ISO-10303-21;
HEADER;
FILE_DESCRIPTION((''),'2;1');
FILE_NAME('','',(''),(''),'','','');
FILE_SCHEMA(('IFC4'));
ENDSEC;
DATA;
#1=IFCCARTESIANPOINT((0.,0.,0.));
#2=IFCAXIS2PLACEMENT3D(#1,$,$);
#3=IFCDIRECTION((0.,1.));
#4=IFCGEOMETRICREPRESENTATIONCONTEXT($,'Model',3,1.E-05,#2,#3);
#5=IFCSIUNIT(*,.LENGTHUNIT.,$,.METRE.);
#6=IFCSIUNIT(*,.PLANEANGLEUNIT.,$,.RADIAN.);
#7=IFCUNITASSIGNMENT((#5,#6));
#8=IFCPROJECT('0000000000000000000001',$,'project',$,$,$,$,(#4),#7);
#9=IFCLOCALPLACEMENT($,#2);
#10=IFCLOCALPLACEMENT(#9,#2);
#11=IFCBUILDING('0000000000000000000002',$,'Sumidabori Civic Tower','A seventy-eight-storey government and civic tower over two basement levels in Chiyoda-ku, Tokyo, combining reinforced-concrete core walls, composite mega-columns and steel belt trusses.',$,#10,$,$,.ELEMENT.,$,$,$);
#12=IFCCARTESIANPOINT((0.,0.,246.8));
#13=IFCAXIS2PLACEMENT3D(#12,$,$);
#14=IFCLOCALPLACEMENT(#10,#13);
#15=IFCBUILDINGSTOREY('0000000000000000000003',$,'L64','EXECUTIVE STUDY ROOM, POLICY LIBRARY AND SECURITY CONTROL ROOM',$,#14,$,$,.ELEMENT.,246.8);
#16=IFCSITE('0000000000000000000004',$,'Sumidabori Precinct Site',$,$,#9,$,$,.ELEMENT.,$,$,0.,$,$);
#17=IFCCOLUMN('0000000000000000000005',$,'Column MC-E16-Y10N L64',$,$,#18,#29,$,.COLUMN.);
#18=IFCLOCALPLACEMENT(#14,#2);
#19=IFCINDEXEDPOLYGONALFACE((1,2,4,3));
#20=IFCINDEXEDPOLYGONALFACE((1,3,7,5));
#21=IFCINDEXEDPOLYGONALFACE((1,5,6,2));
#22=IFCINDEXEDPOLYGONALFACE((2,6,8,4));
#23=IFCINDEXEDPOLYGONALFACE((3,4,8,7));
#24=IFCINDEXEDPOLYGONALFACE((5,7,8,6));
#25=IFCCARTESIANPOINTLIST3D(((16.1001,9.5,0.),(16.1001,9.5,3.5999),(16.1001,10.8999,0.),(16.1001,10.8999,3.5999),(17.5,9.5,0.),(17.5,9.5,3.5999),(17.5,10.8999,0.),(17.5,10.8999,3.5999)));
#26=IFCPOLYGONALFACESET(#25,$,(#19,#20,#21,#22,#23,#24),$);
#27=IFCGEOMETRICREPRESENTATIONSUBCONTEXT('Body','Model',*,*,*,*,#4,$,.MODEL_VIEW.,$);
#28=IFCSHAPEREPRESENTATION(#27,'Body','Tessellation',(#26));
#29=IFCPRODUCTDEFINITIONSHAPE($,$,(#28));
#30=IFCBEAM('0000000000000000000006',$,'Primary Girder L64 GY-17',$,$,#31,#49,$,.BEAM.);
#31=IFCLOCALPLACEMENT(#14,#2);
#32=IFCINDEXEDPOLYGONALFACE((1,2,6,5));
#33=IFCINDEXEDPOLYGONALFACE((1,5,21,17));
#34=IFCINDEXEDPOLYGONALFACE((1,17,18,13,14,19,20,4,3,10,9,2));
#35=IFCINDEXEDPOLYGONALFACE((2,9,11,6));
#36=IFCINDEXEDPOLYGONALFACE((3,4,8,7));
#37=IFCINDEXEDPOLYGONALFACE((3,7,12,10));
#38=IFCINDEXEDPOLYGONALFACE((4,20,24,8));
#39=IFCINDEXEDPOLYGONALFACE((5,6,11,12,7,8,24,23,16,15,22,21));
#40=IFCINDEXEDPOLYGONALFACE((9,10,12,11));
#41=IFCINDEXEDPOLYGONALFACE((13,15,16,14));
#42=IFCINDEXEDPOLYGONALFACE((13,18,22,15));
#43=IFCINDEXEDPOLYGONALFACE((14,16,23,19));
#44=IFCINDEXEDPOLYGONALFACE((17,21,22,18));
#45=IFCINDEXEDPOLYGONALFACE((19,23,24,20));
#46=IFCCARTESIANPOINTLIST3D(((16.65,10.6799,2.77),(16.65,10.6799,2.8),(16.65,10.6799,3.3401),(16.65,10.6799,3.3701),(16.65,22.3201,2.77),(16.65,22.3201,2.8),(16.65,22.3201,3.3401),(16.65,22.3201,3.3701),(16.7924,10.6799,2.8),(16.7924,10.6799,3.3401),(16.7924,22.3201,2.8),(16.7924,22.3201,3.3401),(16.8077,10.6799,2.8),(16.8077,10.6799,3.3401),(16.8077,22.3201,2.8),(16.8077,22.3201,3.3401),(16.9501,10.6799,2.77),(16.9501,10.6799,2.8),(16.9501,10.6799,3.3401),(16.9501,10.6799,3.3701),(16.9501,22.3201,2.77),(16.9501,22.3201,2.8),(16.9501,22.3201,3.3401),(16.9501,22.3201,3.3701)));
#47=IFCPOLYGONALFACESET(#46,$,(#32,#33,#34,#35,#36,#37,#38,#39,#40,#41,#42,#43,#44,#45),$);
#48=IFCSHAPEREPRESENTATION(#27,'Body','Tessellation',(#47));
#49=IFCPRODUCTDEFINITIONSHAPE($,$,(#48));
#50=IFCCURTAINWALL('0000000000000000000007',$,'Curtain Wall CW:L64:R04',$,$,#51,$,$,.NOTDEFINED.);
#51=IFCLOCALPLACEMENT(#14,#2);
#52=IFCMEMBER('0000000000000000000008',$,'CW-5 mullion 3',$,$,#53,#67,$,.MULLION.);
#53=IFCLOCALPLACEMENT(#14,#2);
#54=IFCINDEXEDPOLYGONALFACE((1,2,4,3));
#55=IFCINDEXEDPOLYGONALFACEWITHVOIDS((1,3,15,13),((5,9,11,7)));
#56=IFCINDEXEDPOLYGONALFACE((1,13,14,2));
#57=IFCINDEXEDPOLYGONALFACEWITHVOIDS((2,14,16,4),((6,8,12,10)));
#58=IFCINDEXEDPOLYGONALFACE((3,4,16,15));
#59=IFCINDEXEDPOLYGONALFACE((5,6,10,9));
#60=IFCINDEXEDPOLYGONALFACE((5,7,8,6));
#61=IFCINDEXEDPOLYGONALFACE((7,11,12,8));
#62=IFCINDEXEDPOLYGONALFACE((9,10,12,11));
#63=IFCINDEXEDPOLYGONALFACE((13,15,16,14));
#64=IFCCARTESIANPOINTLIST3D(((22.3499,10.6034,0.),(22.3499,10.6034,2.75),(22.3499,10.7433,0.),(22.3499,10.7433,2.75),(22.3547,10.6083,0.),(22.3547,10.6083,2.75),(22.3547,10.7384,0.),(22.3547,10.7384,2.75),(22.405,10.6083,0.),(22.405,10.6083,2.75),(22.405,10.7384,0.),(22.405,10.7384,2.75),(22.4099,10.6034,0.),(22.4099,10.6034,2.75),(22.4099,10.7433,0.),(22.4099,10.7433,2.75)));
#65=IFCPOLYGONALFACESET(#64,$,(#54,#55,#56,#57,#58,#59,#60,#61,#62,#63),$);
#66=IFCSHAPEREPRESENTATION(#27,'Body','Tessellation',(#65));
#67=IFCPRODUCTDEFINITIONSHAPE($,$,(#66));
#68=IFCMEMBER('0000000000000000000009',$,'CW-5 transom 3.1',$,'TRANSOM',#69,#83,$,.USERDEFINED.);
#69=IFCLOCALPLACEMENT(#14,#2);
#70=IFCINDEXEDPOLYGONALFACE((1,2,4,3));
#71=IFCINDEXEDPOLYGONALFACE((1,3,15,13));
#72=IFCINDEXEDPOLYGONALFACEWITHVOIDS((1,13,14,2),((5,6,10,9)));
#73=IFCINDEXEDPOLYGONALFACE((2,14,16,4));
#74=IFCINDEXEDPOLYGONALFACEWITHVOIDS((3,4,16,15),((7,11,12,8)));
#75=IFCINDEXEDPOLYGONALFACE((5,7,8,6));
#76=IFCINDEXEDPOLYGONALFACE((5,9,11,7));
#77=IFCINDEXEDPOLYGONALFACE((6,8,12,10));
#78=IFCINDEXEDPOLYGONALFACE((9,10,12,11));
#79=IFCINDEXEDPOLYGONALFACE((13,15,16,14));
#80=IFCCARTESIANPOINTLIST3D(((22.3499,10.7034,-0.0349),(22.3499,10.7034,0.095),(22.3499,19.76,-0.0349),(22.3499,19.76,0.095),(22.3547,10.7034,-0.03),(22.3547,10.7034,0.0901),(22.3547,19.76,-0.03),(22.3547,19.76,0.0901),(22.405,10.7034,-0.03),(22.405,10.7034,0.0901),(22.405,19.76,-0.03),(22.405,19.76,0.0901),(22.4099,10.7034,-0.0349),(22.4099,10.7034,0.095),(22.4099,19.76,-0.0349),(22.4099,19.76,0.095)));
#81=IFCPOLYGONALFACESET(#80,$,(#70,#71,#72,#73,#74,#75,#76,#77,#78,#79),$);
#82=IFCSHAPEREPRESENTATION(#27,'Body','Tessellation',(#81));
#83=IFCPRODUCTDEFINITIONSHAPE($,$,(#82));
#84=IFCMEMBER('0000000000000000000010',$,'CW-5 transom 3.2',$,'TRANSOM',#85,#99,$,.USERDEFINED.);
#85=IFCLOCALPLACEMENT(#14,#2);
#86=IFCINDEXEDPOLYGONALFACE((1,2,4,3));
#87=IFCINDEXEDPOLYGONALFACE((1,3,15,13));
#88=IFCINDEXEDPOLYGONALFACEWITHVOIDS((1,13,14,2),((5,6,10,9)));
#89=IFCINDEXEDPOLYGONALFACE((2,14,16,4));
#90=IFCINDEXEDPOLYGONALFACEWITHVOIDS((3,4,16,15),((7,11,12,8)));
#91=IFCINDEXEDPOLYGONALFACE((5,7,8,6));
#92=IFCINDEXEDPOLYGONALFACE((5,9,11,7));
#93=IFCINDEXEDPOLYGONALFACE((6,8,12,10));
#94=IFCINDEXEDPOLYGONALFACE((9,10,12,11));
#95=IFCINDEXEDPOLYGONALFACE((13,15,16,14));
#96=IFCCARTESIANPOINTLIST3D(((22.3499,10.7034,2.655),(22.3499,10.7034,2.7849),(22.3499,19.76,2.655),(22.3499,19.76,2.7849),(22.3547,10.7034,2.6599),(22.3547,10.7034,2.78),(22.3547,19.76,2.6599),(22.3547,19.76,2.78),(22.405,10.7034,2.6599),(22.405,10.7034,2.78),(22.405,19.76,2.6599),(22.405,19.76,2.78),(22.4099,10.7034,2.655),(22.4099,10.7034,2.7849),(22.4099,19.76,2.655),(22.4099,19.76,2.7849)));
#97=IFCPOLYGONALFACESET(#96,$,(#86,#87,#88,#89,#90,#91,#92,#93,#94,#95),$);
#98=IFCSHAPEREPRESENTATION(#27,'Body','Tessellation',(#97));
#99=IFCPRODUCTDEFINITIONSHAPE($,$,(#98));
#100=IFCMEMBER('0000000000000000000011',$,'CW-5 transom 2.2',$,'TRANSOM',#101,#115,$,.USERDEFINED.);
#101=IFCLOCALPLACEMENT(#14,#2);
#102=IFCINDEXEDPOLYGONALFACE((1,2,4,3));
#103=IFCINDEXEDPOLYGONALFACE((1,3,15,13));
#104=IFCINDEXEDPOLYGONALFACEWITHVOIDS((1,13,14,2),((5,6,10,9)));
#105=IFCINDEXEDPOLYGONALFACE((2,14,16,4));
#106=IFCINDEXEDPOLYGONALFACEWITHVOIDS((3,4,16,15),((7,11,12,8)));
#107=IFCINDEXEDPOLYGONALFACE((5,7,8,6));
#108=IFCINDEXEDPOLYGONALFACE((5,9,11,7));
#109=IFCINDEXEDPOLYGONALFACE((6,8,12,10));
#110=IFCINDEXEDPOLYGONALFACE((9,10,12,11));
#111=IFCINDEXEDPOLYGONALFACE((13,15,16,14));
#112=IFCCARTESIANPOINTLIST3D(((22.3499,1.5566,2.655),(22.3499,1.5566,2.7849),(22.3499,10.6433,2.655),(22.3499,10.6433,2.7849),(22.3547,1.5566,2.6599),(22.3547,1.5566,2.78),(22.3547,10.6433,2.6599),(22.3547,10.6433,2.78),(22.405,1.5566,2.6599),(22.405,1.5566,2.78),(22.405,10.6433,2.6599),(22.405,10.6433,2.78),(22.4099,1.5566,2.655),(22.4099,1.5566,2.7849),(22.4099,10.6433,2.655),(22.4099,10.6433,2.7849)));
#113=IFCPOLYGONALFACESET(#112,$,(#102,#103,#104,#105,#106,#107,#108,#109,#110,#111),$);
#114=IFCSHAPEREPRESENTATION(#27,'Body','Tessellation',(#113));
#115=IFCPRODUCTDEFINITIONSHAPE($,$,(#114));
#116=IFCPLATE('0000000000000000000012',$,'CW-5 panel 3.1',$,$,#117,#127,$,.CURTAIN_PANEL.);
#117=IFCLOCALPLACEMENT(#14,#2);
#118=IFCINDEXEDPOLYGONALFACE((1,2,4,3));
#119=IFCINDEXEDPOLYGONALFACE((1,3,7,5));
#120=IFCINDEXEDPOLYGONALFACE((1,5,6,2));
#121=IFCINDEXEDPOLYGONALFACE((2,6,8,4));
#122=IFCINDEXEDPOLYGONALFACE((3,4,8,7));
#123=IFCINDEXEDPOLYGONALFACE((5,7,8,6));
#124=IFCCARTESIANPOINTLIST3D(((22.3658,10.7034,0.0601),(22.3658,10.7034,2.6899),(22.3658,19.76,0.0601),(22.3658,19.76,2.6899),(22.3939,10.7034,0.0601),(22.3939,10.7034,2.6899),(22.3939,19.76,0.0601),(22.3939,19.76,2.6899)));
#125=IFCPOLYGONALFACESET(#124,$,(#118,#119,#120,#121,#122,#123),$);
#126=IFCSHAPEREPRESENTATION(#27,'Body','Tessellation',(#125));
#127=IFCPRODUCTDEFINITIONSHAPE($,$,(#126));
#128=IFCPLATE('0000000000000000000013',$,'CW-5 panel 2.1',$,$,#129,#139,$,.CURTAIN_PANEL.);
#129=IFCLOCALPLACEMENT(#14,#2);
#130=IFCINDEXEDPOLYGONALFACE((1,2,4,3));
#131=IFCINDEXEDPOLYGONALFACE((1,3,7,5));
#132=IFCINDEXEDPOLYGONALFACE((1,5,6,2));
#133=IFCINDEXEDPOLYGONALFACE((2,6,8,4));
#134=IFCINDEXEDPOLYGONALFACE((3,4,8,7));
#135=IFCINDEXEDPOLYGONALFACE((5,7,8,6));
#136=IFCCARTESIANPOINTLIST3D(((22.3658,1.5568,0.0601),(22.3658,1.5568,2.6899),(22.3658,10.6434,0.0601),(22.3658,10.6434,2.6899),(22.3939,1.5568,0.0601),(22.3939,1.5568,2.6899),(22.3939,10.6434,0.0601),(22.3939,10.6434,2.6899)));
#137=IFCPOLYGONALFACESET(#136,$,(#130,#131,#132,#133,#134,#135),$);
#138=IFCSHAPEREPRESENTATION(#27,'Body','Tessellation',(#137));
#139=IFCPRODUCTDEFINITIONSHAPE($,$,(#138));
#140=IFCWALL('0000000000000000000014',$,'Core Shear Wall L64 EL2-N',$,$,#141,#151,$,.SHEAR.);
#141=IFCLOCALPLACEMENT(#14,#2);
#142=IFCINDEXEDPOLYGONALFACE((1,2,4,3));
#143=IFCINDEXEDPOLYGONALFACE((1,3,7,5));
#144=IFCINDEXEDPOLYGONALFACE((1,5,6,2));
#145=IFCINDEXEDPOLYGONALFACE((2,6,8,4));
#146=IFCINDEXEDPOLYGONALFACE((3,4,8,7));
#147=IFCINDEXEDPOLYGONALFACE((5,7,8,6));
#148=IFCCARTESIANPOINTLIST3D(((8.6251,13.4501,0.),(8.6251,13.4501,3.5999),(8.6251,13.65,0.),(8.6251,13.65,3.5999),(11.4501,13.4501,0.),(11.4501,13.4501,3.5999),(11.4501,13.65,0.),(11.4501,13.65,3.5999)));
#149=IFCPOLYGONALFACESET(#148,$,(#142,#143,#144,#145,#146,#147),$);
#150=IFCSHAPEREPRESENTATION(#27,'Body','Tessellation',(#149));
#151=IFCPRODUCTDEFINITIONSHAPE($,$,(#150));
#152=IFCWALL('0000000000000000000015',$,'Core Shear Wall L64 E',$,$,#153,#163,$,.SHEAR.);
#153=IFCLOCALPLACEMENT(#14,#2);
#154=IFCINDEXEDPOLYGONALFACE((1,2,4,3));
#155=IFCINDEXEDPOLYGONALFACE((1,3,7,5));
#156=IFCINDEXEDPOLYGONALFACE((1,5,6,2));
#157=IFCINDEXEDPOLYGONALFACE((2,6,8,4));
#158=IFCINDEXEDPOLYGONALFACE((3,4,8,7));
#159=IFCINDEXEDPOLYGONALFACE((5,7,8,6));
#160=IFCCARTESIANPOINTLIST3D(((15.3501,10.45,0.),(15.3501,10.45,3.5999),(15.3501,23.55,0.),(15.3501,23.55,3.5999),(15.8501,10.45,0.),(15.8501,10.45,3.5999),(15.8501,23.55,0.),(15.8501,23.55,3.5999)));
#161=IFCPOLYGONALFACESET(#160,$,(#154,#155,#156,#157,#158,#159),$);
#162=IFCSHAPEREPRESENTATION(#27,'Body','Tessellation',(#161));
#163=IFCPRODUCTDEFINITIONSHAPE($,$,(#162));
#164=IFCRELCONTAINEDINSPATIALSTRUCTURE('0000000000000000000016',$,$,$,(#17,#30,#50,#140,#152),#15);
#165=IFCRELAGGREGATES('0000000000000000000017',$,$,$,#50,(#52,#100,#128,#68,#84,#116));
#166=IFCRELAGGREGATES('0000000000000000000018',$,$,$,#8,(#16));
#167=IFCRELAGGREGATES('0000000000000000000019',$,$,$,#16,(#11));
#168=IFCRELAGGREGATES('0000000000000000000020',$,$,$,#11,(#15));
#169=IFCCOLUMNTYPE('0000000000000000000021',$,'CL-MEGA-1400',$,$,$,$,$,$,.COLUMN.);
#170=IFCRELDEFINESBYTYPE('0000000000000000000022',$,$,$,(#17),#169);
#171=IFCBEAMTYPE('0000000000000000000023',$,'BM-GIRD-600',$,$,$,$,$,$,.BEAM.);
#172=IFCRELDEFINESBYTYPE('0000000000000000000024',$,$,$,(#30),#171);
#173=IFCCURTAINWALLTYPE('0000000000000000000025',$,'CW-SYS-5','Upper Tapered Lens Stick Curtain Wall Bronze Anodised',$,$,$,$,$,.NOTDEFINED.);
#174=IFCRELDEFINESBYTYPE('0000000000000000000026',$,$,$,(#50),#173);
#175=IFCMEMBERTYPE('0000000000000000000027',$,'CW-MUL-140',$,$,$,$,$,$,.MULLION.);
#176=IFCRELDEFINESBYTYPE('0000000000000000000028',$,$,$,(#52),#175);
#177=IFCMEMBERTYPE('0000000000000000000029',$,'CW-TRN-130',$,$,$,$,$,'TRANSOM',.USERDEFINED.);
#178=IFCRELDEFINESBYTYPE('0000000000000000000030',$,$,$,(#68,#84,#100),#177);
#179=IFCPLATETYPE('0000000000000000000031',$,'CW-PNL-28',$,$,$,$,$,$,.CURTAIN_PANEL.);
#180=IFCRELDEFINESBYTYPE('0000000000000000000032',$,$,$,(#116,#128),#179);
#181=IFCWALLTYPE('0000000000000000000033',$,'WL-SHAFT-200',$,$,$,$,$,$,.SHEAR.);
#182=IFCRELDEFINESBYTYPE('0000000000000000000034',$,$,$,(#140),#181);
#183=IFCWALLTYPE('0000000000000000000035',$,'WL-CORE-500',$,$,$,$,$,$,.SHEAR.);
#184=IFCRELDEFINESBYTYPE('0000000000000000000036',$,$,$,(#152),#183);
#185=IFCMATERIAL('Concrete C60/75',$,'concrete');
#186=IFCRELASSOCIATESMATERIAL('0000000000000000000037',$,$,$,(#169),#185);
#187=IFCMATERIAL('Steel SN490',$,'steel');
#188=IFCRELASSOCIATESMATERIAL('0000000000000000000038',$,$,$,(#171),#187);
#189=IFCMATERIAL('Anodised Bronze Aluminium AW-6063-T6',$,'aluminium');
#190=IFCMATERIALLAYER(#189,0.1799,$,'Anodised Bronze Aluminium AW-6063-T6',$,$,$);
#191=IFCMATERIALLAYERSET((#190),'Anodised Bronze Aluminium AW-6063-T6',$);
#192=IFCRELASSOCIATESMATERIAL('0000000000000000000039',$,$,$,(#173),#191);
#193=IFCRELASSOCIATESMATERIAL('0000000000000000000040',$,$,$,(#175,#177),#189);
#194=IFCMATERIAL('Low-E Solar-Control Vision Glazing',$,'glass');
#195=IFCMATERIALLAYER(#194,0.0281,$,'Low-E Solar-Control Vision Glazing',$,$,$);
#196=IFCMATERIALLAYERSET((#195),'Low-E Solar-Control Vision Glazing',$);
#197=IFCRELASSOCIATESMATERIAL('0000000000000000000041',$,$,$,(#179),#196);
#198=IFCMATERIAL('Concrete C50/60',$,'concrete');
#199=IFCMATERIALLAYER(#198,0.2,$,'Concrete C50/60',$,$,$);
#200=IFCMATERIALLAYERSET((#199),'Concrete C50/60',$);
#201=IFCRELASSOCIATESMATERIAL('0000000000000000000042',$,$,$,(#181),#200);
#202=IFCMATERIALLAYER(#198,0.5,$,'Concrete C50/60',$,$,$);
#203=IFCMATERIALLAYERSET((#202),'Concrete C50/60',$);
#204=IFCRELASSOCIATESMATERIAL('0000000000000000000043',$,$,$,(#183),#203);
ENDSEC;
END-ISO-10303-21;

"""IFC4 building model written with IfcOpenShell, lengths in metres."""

from ifc_helpers import new_model, si_unit, direction, frame, frame_2d, origin, origin_2d, place, context, subcontext, project, spatial, rectangle, hollow_rectangle, i_section, extrude, source, transform, mapped, material, layer, layer_set, material_profile, profile_set, type_object, element, aggregate, save


model = new_model("IFC4")

# Units and contexts
model_context = context("Model", 3, precision=1e-05, world=origin(), true_north=direction((0.0, 1.0)))
body_context = subcontext(model_context, "Body", "Model", "MODEL_VIEW")
ifc_project = project(units=[si_unit("LENGTHUNIT", "METRE"), si_unit("PLANEANGLEUNIT", "RADIAN")], contexts=[model_context])

# Site, building, storey
site_placement = place(None, origin())
site = spatial("IfcSite", under=ifc_project, at=site_placement, Name="Sumidabori Precinct Site", CompositionType="ELEMENT", RefElevation=0.0)
building_placement = place(site_placement, origin())
building = spatial("IfcBuilding", under=site, at=building_placement, Name="Sumidabori Civic Tower", Description="A seventy-eight-storey government and civic tower over two basement levels in Chiyoda-ku, Tokyo, combining reinforced-concrete core walls, composite mega-columns and steel belt trusses.", CompositionType="ELEMENT")
storey_placement = place(building_placement, frame((0.0, 0.0, 246.8)))
storey = spatial("IfcBuildingStorey", under=building, at=storey_placement, Name="L64", Description="EXECUTIVE STUDY ROOM, POLICY LIBRARY AND SECURITY CONTROL ROOM", CompositionType="ELEMENT", Elevation=246.8)

# Column
ifc_material_1 = material(Name="Concrete C60/75", Category="concrete")
ifc_material_profile_1 = material_profile(ifc_material_1, rectangle(XDim=1.3999, YDim=1.3999, at=origin_2d()), Name="RC 1400x1400")
ifc_profile_set_1 = profile_set([ifc_material_profile_1], Name="Concrete C60/75")
column_type = type_object("IfcColumnType", Name="CL-MEGA-1400", PredefinedType="COLUMN", material=ifc_profile_set_1)
shared_shape_1 = source(origin(), body_context, "Body", "SweptSolid", [
    extrude(rectangle(XDim=1.3999, YDim=1.3999, at=origin_2d()), origin(), (0.0, 0.0, 1.0), 3.5999),
])
column_placement = place(storey_placement, frame((16.8, 10.2, 0.0), z_axis=(0.0, 0.0, 1.0), x_axis=(1.0, 0.0, 0.0)))
element("IfcColumn", 1, at=column_placement, inside=storey, type_object=column_type, Name="Column MC-E16-Y10N L64", PredefinedType="COLUMN", context=body_context, shape_type="MappedRepresentation", body=[
    mapped(shared_shape_1, transform((0.0, 0.0, 0.0), x_axis=(1.0, 0.0, 0.0), y_axis=(0.0, 1.0, 0.0), z_axis=(0.0, 0.0, 1.0), scale=1.0)),
])

# Beam
ifc_material_2 = material(Name="Steel SN490", Category="steel")
ifc_material_profile_2 = material_profile(ifc_material_2, i_section(OverallWidth=0.3, OverallDepth=0.6001, WebThickness=0.0154, FlangeThickness=0.03, at=origin_2d()), Name="HE 600 B")
ifc_profile_set_2 = profile_set([ifc_material_profile_2], Name="Steel SN490")
beam_type = type_object("IfcBeamType", Name="BM-GIRD-600", PredefinedType="BEAM", material=ifc_profile_set_2)
shared_shape_2 = source(origin(), body_context, "Body", "SweptSolid", [
    extrude(i_section(OverallWidth=0.3, OverallDepth=0.6001, WebThickness=0.0154, FlangeThickness=0.03, at=origin_2d()), origin(), (0.0, 0.0, 1.0), 11.6401),
])
beam_placement = place(storey_placement, frame((16.8, 10.6799, 3.0701), z_axis=(0.0, 1.0, 0.0), x_axis=(-1.0, 0.0, 0.0)))
element("IfcBeam", 2, at=beam_placement, inside=storey, type_object=beam_type, Name="Primary Girder L64 GY-17", PredefinedType="BEAM", context=body_context, shape_type="MappedRepresentation", body=[
    mapped(shared_shape_2, transform((0.0, 0.0, 0.0), x_axis=(1.0, 0.0, 0.0), y_axis=(0.0, 1.0, 0.0), z_axis=(0.0, 0.0, 1.0), scale=1.0)),
])

# Curtain wall, members, plates
ifc_material_3 = material(Name="Anodised Bronze Aluminium AW-6063-T6", Category="aluminium")
ifc_layer_1 = layer(ifc_material_3, 0.1799, Name="Anodised Bronze Aluminium AW-6063-T6")
ifc_layer_set_1 = layer_set([ifc_layer_1], Name="Anodised Bronze Aluminium AW-6063-T6")
curtain_wall_type = type_object("IfcCurtainWallType", Name="CW-SYS-5", Description="Upper Tapered Lens Stick Curtain Wall Bronze Anodised", PredefinedType="NOTDEFINED", material=ifc_layer_set_1)
curtain_wall_placement = place(storey_placement, origin())
curtain_wall = element("IfcCurtainWall", 3, at=curtain_wall_placement, inside=storey, type_object=curtain_wall_type, Name="Curtain Wall CW:L64:R04", PredefinedType="NOTDEFINED")
ifc_material_profile_3 = material_profile(ifc_material_3, hollow_rectangle(XDim=0.0601, YDim=0.1399, WallThickness=0.0049, at=origin_2d()), Name="ALU MULLION 140x60")
ifc_profile_set_3 = profile_set([ifc_material_profile_3], Name="Anodised Bronze Aluminium AW-6063-T6")
member_type_1 = type_object("IfcMemberType", Name="CW-MUL-140", PredefinedType="MULLION", material=ifc_profile_set_3)
shared_shape_3 = source(origin(), body_context, "Body", "SweptSolid", [
    extrude(hollow_rectangle(XDim=0.0601, YDim=0.1399, WallThickness=0.0049, at=origin_2d()), origin(), (0.0, 0.0, 1.0), 2.75),
])
member_1_placement = place(storey_placement, frame((22.3799, 10.6733, 0.0), z_axis=(0.0, 0.0, 1.0), x_axis=(-1.0, 0.0, 0.0)))
member_1 = element("IfcMember", 4, at=member_1_placement, type_object=member_type_1, Name="CW-5 mullion 3", PredefinedType="MULLION", context=body_context, shape_type="MappedRepresentation", body=[
    mapped(shared_shape_3, transform((0.0, 0.0, 0.0), x_axis=(1.0, 0.0, 0.0), y_axis=(0.0, 1.0, 0.0), z_axis=(0.0, 0.0, 1.0), scale=1.0)),
])
ifc_material_profile_4 = material_profile(ifc_material_3, hollow_rectangle(XDim=0.0601, YDim=0.1299, WallThickness=0.0049, at=origin_2d()), Name="ALU TRANSOM 130x60")
ifc_profile_set_4 = profile_set([ifc_material_profile_4], Name="Anodised Bronze Aluminium AW-6063-T6")
member_type_2 = type_object("IfcMemberType", Name="CW-TRN-130", ElementType="TRANSOM", PredefinedType="USERDEFINED", material=ifc_profile_set_4)
shared_shape_4 = source(origin(), body_context, "Body", "SweptSolid", [
    extrude(hollow_rectangle(XDim=0.0601, YDim=0.1299, WallThickness=0.0049, at=origin_2d()), origin(), (0.0, 0.0, 1.0), 9.0566),
])
member_2_placement = place(storey_placement, frame((22.3799, 10.7034, 0.03), z_axis=(0.0, 1.0, 0.0), x_axis=(-1.0, 0.0, 0.0)))
member_2 = element("IfcMember", 5, at=member_2_placement, type_object=member_type_2, Name="CW-5 transom 3.1", ObjectType="TRANSOM", PredefinedType="USERDEFINED", context=body_context, shape_type="MappedRepresentation", body=[
    mapped(shared_shape_4, transform((0.0, 0.0, 0.0), x_axis=(1.0, 0.0, 0.0), y_axis=(0.0, 1.0, 0.0), z_axis=(0.0, 0.0, 1.0), scale=1.0)),
])
member_3_placement = place(storey_placement, frame((22.3799, 10.7034, 2.72), z_axis=(0.0, 1.0, 0.0), x_axis=(-1.0, 0.0, 0.0)))
member_3 = element("IfcMember", 6, at=member_3_placement, type_object=member_type_2, Name="CW-5 transom 3.2", ObjectType="TRANSOM", PredefinedType="USERDEFINED", context=body_context, shape_type="MappedRepresentation", body=[
    mapped(shared_shape_4, transform((0.0, 0.0, 0.0), x_axis=(1.0, 0.0, 0.0), y_axis=(0.0, 1.0, 0.0), z_axis=(0.0, 0.0, 1.0), scale=1.0)),
])
shared_shape_5 = source(origin(), body_context, "Body", "SweptSolid", [
    extrude(hollow_rectangle(XDim=0.0601, YDim=0.1299, WallThickness=0.0049, at=origin_2d()), origin(), (0.0, 0.0, 1.0), 9.0867),
])
member_4_placement = place(storey_placement, frame((22.3799, 1.5566, 2.72), z_axis=(0.0, 1.0, 0.0), x_axis=(-1.0, 0.0, 0.0)))
member_4 = element("IfcMember", 7, at=member_4_placement, type_object=member_type_2, Name="CW-5 transom 2.2", ObjectType="TRANSOM", PredefinedType="USERDEFINED", context=body_context, shape_type="MappedRepresentation", body=[
    mapped(shared_shape_5, transform((0.0, 0.0, 0.0), x_axis=(1.0, 0.0, 0.0), y_axis=(0.0, 1.0, 0.0), z_axis=(0.0, 0.0, 1.0), scale=1.0)),
])
ifc_material_4 = material(Name="Low-E Solar-Control Vision Glazing", Category="glass")
ifc_layer_2 = layer(ifc_material_4, 0.0281, Name="Low-E Solar-Control Vision Glazing")
ifc_layer_set_2 = layer_set([ifc_layer_2], Name="Low-E Solar-Control Vision Glazing")
plate_type = type_object("IfcPlateType", Name="CW-PNL-28", PredefinedType="CURTAIN_PANEL", material=ifc_layer_set_2)
shared_shape_6 = source(origin(), body_context, "Body", "SweptSolid", [
    extrude(rectangle(XDim=9.0566, YDim=0.0281, at=origin_2d()), origin(), (0.0, 0.0, 1.0), 2.6299),
])
plate_1_placement = place(storey_placement, frame((22.3799, 15.2317, 0.0601), z_axis=(0.0, 0.0, 1.0), x_axis=(0.0, 1.0, 0.0)))
plate_1 = element("IfcPlate", 8, at=plate_1_placement, type_object=plate_type, Name="CW-5 panel 3.1", PredefinedType="CURTAIN_PANEL", context=body_context, shape_type="MappedRepresentation", body=[
    mapped(shared_shape_6, transform((0.0, 0.0, 0.0), x_axis=(1.0, 0.0, 0.0), y_axis=(0.0, 1.0, 0.0), z_axis=(0.0, 0.0, 1.0), scale=1.0)),
])
shared_shape_7 = source(origin(), body_context, "Body", "SweptSolid", [
    extrude(rectangle(XDim=9.0867, YDim=0.0281, at=origin_2d()), origin(), (0.0, 0.0, 1.0), 2.6299),
])
plate_2_placement = place(storey_placement, frame((22.3799, 6.1001, 0.0601), z_axis=(0.0, 0.0, 1.0), x_axis=(0.0, 1.0, 0.0)))
plate_2 = element("IfcPlate", 9, at=plate_2_placement, type_object=plate_type, Name="CW-5 panel 2.1", PredefinedType="CURTAIN_PANEL", context=body_context, shape_type="MappedRepresentation", body=[
    mapped(shared_shape_7, transform((0.0, 0.0, 0.0), x_axis=(1.0, 0.0, 0.0), y_axis=(0.0, 1.0, 0.0), z_axis=(0.0, 0.0, 1.0), scale=1.0)),
])
aggregate(curtain_wall, [member_1, member_4, plate_2, member_2, member_3, plate_1])

# Walls
ifc_material_5 = material(Name="Concrete C50/60", Category="concrete")
ifc_layer_3 = layer(ifc_material_5, 0.2, Name="Concrete C50/60")
ifc_layer_set_3 = layer_set([ifc_layer_3], Name="Concrete C50/60")
wall_type_1 = type_object("IfcWallType", Name="WL-SHAFT-200", PredefinedType="SHEAR", material=ifc_layer_set_3)
shared_shape_8 = source(origin(), body_context, "Body", "SweptSolid", [
    extrude(rectangle(XDim=2.825, YDim=0.2, at=frame_2d((1.4126, 0.0))), origin(), (0.0, 0.0, 1.0), 3.5999),
])
wall_1_placement = place(storey_placement, frame((8.625, 13.55, 0.0), z_axis=(0.0, 0.0, 1.0), x_axis=(1.0, 0.0, 0.0)))
element("IfcWall", 10, at=wall_1_placement, inside=storey, type_object=wall_type_1, Name="Core Shear Wall L64 EL2-N", PredefinedType="SHEAR", context=body_context, shape_type="MappedRepresentation", body=[
    mapped(shared_shape_8, transform((0.0, 0.0, 0.0), x_axis=(1.0, 0.0, 0.0), y_axis=(0.0, 1.0, 0.0), z_axis=(0.0, 0.0, 1.0), scale=1.0)),
])
ifc_layer_4 = layer(ifc_material_5, 0.5, Name="Concrete C50/60")
ifc_layer_set_4 = layer_set([ifc_layer_4], Name="Concrete C50/60")
wall_type_2 = type_object("IfcWallType", Name="WL-CORE-500", PredefinedType="SHEAR", material=ifc_layer_set_4)
shared_shape_9 = source(origin(), body_context, "Body", "SweptSolid", [
    extrude(rectangle(XDim=13.1001, YDim=0.5, at=frame_2d((6.55, 0.0))), origin(), (0.0, 0.0, 1.0), 3.5999),
])
wall_2_placement = place(storey_placement, frame((15.6001, 10.45, 0.0), z_axis=(0.0, 0.0, 1.0), x_axis=(0.0, 1.0, 0.0)))
element("IfcWall", 11, at=wall_2_placement, inside=storey, type_object=wall_type_2, Name="Core Shear Wall L64 E", PredefinedType="SHEAR", context=body_context, shape_type="MappedRepresentation", body=[
    mapped(shared_shape_9, transform((0.0, 0.0, 0.0), x_axis=(1.0, 0.0, 0.0), y_axis=(0.0, 1.0, 0.0), z_axis=(0.0, 0.0, 1.0), scale=1.0)),
])

save(model, "model.ifc")
